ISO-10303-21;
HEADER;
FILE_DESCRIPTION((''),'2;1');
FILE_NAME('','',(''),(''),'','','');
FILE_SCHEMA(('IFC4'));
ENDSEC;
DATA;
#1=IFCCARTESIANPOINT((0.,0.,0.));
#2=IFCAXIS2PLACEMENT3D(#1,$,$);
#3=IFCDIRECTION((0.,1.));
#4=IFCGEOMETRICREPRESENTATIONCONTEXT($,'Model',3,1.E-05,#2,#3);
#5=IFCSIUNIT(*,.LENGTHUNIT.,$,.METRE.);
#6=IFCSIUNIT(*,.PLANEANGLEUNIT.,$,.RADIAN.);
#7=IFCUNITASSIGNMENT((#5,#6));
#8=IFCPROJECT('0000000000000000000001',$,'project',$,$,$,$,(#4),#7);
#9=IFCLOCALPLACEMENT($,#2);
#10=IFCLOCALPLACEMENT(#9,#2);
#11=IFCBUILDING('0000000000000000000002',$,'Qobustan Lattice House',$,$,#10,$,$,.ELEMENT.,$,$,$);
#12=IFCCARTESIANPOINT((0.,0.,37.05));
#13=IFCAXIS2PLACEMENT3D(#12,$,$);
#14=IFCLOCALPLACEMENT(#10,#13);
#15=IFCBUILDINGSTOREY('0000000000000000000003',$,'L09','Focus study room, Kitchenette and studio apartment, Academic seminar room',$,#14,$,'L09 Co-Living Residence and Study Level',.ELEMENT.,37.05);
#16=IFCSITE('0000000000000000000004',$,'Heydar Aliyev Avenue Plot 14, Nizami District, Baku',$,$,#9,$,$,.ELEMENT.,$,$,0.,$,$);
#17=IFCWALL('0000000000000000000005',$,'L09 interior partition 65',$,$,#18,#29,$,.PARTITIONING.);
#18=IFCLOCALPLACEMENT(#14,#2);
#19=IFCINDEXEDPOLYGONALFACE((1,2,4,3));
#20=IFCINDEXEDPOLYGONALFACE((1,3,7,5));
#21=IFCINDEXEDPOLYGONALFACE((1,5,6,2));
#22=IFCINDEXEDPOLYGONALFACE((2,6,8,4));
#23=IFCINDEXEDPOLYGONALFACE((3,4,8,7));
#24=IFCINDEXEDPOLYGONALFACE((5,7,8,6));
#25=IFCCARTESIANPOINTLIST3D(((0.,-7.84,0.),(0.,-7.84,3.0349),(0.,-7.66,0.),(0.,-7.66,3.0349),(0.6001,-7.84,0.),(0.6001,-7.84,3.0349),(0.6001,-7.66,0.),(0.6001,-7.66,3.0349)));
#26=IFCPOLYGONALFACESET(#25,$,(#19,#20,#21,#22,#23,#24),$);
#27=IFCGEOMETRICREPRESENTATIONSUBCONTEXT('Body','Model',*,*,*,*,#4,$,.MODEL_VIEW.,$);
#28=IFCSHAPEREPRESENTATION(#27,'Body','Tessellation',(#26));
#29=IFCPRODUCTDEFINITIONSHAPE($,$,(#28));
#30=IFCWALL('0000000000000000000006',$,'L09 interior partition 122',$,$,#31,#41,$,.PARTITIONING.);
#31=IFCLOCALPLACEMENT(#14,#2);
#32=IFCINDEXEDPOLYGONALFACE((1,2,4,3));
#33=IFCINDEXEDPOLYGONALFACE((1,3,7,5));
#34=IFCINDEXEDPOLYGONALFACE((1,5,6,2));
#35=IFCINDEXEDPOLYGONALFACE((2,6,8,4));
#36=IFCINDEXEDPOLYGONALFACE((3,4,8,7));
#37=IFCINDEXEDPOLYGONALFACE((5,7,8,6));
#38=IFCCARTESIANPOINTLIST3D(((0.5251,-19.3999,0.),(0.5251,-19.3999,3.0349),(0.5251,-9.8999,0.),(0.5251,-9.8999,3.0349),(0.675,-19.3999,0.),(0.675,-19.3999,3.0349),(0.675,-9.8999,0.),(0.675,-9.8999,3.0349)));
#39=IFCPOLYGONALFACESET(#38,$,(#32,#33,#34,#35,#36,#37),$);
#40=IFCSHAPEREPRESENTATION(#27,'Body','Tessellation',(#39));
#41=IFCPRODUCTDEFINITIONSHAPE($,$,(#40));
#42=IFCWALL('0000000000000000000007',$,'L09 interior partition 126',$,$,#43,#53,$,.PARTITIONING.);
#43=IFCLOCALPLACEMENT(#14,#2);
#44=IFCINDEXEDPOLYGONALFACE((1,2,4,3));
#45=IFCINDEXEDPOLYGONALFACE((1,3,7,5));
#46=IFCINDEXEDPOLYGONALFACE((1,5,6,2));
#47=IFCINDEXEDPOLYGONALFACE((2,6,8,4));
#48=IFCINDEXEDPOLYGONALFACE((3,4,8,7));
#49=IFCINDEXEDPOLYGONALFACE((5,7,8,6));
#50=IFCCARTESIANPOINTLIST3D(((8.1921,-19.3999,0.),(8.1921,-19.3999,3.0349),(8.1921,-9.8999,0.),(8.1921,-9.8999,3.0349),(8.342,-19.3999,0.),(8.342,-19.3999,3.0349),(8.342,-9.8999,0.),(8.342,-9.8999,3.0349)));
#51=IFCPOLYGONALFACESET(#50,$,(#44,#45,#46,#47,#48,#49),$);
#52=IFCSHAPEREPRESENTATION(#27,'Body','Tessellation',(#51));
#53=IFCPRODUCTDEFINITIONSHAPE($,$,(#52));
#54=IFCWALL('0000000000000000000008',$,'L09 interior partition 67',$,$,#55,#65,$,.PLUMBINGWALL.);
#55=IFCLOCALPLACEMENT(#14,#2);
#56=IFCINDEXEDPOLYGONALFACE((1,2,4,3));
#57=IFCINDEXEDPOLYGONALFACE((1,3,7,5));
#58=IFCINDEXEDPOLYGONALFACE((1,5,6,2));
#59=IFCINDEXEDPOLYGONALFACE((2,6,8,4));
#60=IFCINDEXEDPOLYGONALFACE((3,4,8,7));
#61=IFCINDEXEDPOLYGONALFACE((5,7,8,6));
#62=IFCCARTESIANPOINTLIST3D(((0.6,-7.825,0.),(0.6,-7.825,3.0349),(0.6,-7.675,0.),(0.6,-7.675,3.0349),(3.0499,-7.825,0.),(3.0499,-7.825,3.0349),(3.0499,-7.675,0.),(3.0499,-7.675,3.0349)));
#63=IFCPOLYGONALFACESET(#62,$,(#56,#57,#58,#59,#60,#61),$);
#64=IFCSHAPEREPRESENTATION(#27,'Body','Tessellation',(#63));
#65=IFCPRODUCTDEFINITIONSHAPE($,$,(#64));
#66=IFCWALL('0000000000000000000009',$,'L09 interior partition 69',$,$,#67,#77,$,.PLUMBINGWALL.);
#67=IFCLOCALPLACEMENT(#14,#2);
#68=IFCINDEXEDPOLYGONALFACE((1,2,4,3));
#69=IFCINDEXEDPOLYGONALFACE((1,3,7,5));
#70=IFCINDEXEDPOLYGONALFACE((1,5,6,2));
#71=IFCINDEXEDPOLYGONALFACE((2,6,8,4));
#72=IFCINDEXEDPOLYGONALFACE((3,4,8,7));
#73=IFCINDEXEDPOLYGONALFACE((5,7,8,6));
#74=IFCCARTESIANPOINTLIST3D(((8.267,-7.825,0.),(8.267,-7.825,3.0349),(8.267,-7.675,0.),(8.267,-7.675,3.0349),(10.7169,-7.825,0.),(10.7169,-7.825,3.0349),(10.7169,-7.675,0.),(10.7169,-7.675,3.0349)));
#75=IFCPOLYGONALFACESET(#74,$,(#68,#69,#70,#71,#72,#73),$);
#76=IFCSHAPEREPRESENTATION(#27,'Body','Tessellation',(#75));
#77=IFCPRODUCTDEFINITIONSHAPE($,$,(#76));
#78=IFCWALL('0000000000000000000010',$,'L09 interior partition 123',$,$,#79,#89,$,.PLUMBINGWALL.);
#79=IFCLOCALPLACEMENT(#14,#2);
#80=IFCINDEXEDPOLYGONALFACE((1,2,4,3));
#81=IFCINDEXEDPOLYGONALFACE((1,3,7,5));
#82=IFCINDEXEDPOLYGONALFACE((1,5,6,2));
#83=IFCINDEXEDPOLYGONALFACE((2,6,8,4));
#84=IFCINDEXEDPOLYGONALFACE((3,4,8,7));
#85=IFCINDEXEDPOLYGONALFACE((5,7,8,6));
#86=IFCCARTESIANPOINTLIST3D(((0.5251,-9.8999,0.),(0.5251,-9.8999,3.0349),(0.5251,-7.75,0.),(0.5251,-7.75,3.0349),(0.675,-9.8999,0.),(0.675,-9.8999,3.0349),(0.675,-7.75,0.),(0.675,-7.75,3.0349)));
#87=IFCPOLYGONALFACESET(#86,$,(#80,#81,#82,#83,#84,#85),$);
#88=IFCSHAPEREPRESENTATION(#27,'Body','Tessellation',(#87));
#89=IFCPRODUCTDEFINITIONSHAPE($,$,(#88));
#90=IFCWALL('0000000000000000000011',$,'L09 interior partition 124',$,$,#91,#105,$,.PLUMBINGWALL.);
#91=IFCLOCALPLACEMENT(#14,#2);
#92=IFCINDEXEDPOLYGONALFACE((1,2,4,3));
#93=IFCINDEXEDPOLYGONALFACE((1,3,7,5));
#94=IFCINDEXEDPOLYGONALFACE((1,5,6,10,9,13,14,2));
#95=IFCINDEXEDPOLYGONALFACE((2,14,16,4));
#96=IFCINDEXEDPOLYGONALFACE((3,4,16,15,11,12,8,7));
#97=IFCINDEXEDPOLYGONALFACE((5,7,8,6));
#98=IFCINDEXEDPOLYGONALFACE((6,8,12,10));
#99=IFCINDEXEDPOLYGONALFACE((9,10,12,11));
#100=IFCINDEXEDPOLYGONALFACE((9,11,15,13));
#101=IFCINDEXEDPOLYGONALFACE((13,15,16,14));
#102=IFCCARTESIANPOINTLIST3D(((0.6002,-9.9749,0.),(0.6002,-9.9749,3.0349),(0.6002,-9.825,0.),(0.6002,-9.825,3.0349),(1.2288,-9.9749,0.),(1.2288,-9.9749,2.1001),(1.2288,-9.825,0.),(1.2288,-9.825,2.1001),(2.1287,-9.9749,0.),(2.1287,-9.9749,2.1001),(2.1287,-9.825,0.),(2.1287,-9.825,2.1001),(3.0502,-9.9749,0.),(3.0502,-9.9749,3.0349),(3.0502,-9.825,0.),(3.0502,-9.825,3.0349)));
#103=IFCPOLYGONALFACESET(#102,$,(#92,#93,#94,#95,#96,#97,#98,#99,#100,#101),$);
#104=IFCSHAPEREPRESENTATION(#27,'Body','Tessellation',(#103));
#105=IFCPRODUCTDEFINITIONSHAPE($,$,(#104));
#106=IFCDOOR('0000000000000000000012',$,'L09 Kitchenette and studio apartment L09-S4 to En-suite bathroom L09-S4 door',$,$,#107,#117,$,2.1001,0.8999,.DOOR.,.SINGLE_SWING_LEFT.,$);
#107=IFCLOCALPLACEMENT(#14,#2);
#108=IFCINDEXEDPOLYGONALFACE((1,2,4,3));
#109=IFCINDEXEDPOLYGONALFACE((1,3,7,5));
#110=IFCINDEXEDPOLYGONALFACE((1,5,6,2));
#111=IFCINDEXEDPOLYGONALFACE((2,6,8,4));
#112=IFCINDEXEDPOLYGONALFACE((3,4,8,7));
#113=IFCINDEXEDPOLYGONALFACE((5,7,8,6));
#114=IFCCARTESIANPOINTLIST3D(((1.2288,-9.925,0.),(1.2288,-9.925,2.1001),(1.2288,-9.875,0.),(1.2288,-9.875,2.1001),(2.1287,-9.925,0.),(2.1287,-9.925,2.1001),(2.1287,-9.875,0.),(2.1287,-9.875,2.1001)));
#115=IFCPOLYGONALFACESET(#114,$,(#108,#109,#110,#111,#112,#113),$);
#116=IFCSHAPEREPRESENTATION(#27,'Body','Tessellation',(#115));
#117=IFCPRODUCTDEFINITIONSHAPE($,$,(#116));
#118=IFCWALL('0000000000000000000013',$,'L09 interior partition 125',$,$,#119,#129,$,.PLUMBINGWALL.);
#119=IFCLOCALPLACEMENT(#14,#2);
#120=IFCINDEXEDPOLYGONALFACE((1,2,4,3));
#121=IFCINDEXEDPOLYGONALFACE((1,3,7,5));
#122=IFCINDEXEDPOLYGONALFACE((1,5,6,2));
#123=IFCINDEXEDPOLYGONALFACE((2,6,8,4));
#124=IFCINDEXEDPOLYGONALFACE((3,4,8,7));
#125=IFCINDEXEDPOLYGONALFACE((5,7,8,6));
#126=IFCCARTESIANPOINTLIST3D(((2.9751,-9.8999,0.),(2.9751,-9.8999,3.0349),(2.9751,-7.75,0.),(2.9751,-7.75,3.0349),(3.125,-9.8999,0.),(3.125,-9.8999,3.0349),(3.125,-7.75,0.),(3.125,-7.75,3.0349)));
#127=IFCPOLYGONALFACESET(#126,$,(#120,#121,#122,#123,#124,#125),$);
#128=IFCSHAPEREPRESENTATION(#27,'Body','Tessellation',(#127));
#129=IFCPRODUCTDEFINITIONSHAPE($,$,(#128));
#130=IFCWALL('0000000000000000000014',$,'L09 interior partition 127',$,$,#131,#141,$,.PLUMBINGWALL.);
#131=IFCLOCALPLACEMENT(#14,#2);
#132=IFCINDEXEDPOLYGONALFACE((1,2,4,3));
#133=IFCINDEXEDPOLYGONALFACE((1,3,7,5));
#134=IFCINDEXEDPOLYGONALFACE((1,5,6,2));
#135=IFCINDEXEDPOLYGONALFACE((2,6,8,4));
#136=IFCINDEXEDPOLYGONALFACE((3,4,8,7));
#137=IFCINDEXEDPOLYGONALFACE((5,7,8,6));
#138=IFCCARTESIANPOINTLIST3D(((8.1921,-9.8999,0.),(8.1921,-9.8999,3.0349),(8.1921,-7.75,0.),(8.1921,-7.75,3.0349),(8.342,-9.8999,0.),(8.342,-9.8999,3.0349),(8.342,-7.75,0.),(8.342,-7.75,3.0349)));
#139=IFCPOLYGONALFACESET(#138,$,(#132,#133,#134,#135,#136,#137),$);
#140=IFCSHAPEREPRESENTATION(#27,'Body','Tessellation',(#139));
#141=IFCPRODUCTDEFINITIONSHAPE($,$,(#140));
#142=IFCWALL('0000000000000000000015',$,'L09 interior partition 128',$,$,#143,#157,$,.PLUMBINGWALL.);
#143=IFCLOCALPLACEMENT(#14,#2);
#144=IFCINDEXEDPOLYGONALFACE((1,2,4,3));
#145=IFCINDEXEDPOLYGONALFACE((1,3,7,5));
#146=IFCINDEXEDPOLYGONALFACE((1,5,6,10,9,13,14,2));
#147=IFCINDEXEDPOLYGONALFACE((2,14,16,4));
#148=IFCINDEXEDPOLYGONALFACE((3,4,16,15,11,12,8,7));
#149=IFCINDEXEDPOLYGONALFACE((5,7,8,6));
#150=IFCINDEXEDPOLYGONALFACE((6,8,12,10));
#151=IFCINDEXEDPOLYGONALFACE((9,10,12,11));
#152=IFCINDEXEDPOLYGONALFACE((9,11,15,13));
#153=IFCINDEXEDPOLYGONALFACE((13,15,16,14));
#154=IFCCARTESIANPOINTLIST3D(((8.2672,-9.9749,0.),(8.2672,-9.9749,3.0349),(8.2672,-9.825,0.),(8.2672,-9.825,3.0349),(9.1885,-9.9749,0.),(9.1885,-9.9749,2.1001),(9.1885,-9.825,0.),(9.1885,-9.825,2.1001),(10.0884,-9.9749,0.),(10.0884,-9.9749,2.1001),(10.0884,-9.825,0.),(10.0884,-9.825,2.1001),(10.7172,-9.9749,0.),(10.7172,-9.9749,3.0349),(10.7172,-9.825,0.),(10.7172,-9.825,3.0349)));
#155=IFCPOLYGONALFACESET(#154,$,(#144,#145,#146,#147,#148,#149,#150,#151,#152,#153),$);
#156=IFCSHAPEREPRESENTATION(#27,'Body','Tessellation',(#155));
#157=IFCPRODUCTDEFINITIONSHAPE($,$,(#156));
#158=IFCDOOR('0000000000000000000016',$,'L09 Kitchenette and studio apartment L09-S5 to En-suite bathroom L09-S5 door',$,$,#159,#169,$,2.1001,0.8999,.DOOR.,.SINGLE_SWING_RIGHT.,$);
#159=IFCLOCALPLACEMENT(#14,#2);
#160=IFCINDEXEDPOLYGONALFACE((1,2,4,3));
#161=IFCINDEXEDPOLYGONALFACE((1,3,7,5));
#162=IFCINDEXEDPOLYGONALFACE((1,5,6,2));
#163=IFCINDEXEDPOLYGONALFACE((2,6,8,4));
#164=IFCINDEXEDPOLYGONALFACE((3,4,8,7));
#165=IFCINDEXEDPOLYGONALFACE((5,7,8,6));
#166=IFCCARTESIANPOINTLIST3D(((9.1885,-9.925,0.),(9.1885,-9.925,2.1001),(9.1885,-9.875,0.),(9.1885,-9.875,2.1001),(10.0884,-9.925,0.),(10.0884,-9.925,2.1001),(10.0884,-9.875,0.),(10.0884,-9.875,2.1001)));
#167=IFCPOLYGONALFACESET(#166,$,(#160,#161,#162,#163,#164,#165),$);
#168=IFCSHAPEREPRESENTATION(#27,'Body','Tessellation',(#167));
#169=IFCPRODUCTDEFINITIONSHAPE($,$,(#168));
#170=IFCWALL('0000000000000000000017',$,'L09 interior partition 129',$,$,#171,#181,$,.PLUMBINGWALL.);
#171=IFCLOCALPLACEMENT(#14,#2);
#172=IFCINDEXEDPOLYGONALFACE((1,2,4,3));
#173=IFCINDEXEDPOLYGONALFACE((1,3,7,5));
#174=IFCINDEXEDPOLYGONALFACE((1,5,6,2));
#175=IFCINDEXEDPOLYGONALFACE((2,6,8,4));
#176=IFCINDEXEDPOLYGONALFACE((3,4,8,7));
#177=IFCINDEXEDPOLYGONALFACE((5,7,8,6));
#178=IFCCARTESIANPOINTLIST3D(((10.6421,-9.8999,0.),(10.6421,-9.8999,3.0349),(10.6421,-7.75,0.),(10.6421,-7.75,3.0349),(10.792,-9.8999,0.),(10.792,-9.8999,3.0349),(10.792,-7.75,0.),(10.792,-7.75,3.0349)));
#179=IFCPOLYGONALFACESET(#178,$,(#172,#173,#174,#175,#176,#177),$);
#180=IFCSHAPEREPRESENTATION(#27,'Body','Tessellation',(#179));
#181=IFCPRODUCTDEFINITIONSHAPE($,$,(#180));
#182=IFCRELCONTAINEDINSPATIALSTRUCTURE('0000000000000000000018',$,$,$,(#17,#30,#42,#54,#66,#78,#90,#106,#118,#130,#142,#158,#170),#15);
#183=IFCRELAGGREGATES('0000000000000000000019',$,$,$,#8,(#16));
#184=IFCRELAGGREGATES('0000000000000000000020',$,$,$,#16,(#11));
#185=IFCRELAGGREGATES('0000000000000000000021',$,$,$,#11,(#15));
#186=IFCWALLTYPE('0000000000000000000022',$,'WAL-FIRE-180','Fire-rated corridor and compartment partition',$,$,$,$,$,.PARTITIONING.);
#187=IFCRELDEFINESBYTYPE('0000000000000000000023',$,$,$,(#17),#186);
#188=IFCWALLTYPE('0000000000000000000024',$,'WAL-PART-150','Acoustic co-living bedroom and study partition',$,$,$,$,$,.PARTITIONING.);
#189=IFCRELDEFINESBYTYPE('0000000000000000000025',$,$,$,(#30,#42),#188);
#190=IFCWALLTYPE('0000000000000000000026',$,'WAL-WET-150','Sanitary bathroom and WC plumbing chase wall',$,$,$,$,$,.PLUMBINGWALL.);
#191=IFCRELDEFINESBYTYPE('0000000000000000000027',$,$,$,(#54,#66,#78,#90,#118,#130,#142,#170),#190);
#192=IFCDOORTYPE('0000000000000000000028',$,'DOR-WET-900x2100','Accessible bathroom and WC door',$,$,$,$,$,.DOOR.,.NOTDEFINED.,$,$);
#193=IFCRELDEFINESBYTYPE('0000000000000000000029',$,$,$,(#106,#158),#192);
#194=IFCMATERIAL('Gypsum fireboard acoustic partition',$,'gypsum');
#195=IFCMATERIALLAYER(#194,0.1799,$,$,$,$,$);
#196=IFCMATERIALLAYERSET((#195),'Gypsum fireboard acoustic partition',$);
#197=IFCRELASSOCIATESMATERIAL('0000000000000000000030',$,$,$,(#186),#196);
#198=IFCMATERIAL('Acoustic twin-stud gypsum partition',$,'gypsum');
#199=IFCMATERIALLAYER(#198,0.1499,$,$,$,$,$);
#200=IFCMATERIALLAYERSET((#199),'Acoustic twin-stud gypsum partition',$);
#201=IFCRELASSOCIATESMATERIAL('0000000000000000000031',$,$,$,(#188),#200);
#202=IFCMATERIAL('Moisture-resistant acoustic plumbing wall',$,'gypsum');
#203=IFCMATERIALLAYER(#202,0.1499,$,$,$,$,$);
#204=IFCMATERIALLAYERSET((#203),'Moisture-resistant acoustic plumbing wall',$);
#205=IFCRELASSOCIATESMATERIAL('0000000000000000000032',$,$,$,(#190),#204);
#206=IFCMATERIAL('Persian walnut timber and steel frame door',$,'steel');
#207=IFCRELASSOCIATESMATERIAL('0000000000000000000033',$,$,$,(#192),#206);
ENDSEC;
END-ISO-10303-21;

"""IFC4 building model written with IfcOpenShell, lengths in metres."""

from ifc_helpers import new_model, si_unit, direction, frame, frame_2d, origin, place, context, subcontext, project, spatial, rectangle, extrude, material, layer, layer_set, type_object, element, fill, save


model = new_model("IFC4")

# Units and contexts
model_context = context("Model", 3, precision=1e-05, world=origin(), true_north=direction((0.0, 1.0)))
body_context = subcontext(model_context, "Body", "Model", "MODEL_VIEW")
ifc_project = project(units=[si_unit("LENGTHUNIT", "METRE"), si_unit("PLANEANGLEUNIT", "RADIAN")], contexts=[model_context])

# Site, building, storey
site_placement = place(None, origin())
site = spatial("IfcSite", under=ifc_project, at=site_placement, Name="Heydar Aliyev Avenue Plot 14, Nizami District, Baku", CompositionType="ELEMENT", RefElevation=0.0)
building_placement = place(site_placement, origin())
building = spatial("IfcBuilding", under=site, at=building_placement, Name="Qobustan Lattice House", CompositionType="ELEMENT")
storey_placement = place(building_placement, frame((0.0, 0.0, 37.05)))
storey = spatial("IfcBuildingStorey", under=building, at=storey_placement, Name="L09", Description="Focus study room, Kitchenette and studio apartment, Academic seminar room", LongName="L09 Co-Living Residence and Study Level", CompositionType="ELEMENT", Elevation=37.05)

# Shared definitions
ifc_material_1 = material(Name="Gypsum fireboard acoustic partition", Category="gypsum")
ifc_layer_1 = layer(ifc_material_1, 0.1799)
ifc_layer_set_1 = layer_set([ifc_layer_1], Name="Gypsum fireboard acoustic partition")
wall_type_1 = type_object("IfcWallType", Name="WAL-FIRE-180", Description="Fire-rated corridor and compartment partition", PredefinedType="PARTITIONING", material=ifc_layer_set_1)

# Wall
wall_1_placement = place(storey_placement, frame((0.6001, -7.75, 0.0), z_axis=(0.0, 0.0, 1.0), x_axis=(-1.0, 0.0, 0.0)))
element("IfcWall", 1, at=wall_1_placement, inside=storey, type_object=wall_type_1, Name="L09 interior partition 65", PredefinedType="PARTITIONING", context=body_context, shape_type="SweptSolid", body=[
    extrude(rectangle(XDim=0.6001, YDim=0.1799, at=frame_2d((0.3, 0.0))), origin(), (0.0, 0.0, 1.0), 3.0349),
])

# Walls
ifc_material_2 = material(Name="Acoustic twin-stud gypsum partition", Category="gypsum")
ifc_layer_2 = layer(ifc_material_2, 0.1499)
ifc_layer_set_2 = layer_set([ifc_layer_2], Name="Acoustic twin-stud gypsum partition")
wall_type_2 = type_object("IfcWallType", Name="WAL-PART-150", Description="Acoustic co-living bedroom and study partition", PredefinedType="PARTITIONING", material=ifc_layer_set_2)
for number, where, z_axis, x_axis, name in (
    (2, (0.6001, -9.8999, 0.0), (0.0, 0.0, 1.0), (0.0, -1.0, 0.0), "L09 interior partition 122"),
    (3, (8.2671, -9.8999, 0.0), (0.0, 0.0, 1.0), (0.0, -1.0, 0.0), "L09 interior partition 126"),
):
    element("IfcWall", number, at=place(storey_placement, frame(where, z_axis=z_axis, x_axis=x_axis)), inside=storey, type_object=wall_type_2, Name=name, PredefinedType="PARTITIONING", context=body_context, shape_type="SweptSolid", body=[
        extrude(rectangle(XDim=9.5, YDim=0.1499, at=frame_2d((4.75, 0.0))), origin(), (0.0, 0.0, 1.0), 3.0349),
    ])
ifc_material_3 = material(Name="Moisture-resistant acoustic plumbing wall", Category="gypsum")
ifc_layer_3 = layer(ifc_material_3, 0.1499)
ifc_layer_set_3 = layer_set([ifc_layer_3], Name="Moisture-resistant acoustic plumbing wall")
wall_type_3 = type_object("IfcWallType", Name="WAL-WET-150", Description="Sanitary bathroom and WC plumbing chase wall", PredefinedType="PLUMBINGWALL", material=ifc_layer_set_3)
for number, where, z_axis, x_axis, name in (
    (4, (3.05, -7.75, 0.0), (0.0, 0.0, 1.0), (-1.0, 0.0, 0.0), "L09 interior partition 67"),
    (5, (10.717, -7.75, 0.0), (0.0, 0.0, 1.0), (-1.0, 0.0, 0.0), "L09 interior partition 69"),
):
    element("IfcWall", number, at=place(storey_placement, frame(where, z_axis=z_axis, x_axis=x_axis)), inside=storey, type_object=wall_type_3, Name=name, PredefinedType="PLUMBINGWALL", context=body_context, shape_type="SweptSolid", body=[
        extrude(rectangle(XDim=2.45, YDim=0.1499, at=frame_2d((1.2251, 0.0))), origin(), (0.0, 0.0, 1.0), 3.0349),
    ])
wall_2_placement = place(storey_placement, frame((0.6001, -7.75, 0.0), z_axis=(0.0, 0.0, 1.0), x_axis=(0.0, -1.0, 0.0)))
element("IfcWall", 6, at=wall_2_placement, inside=storey, type_object=wall_type_3, Name="L09 interior partition 123", PredefinedType="PLUMBINGWALL", context=body_context, shape_type="SweptSolid", body=[
    extrude(rectangle(XDim=2.1499, YDim=0.1499, at=frame_2d((1.075, 0.0))), origin(), (0.0, 0.0, 1.0), 3.0349),
])

# Wall, opening, door
wall_3_placement = place(storey_placement, frame((0.6001, -9.8999, 0.0), z_axis=(0.0, 0.0, 1.0), x_axis=(1.0, 0.0, 0.0)))
wall_3 = element("IfcWall", 7, at=wall_3_placement, inside=storey, type_object=wall_type_3, Name="L09 interior partition 124", PredefinedType="PLUMBINGWALL", context=body_context, shape_type="SweptSolid", body=[
    extrude(rectangle(XDim=2.45, YDim=0.1499, at=frame_2d((1.2251, 0.0))), origin(), (0.0, 0.0, 1.0), 3.0349),
])
opening_1_placement = place(wall_3_placement, frame((0.6287, 0.0, 0.0)))
opening_1 = element("IfcOpeningElement", 8, at=opening_1_placement, cuts=wall_3, PredefinedType="OPENING", context=body_context, shape_type="SweptSolid", body=[
    extrude(rectangle(XDim=0.8999, YDim=2.1001, at=frame_2d((0.45, 1.05))), frame((0.0, 0.085, 0.0), z_axis=(0.0, -1.0, 0.0), x_axis=(1.0, 0.0, 0.0)), (0.0, 0.0, 1.0), 0.1699),
])
ifc_material_4 = material(Name="Persian walnut timber and steel frame door", Category="steel")
door_type_1 = type_object("IfcDoorType", Name="DOR-WET-900x2100", Description="Accessible bathroom and WC door", OperationType="NOTDEFINED", PredefinedType="DOOR", material=ifc_material_4)
door_1_placement = place(opening_1_placement, origin())
door_1 = element("IfcDoor", 9, at=door_1_placement, inside=storey, type_object=door_type_1, Name="L09 Kitchenette and studio apartment L09-S4 to En-suite bathroom L09-S4 door", OperationType="SINGLE_SWING_LEFT", OverallHeight=2.1001, OverallWidth=0.8999, PredefinedType="DOOR", context=body_context, shape_type="SweptSolid", body=[
    extrude(rectangle(XDim=0.8999, YDim=2.1001, at=frame_2d((0.45, 1.05))), frame((0.0, 0.0249, 0.0), z_axis=(0.0, -1.0, 0.0), x_axis=(1.0, 0.0, 0.0)), (0.0, 0.0, 1.0), 0.05),
])
fill(opening_1, door_1)

# Walls
for number, where, z_axis, x_axis, name in (
    (10, (3.05, -9.8999, 0.0), (0.0, 0.0, 1.0), (0.0, 1.0, 0.0), "L09 interior partition 125"),
    (11, (8.2671, -7.75, 0.0), (0.0, 0.0, 1.0), (0.0, -1.0, 0.0), "L09 interior partition 127"),
):
    element("IfcWall", number, at=place(storey_placement, frame(where, z_axis=z_axis, x_axis=x_axis)), inside=storey, type_object=wall_type_3, Name=name, PredefinedType="PLUMBINGWALL", context=body_context, shape_type="SweptSolid", body=[
        extrude(rectangle(XDim=2.1499, YDim=0.1499, at=frame_2d((1.075, 0.0))), origin(), (0.0, 0.0, 1.0), 3.0349),
    ])

# Wall, opening, door
wall_4_placement = place(storey_placement, frame((8.2671, -9.8999, 0.0), z_axis=(0.0, 0.0, 1.0), x_axis=(1.0, 0.0, 0.0)))
wall_4 = element("IfcWall", 12, at=wall_4_placement, inside=storey, type_object=wall_type_3, Name="L09 interior partition 128", PredefinedType="PLUMBINGWALL", context=body_context, shape_type="SweptSolid", body=[
    extrude(rectangle(XDim=2.45, YDim=0.1499, at=frame_2d((1.2251, 0.0))), origin(), (0.0, 0.0, 1.0), 3.0349),
])
opening_2_placement = place(wall_4_placement, frame((0.9214, 0.0, 0.0)))
opening_2 = element("IfcOpeningElement", 13, at=opening_2_placement, cuts=wall_4, PredefinedType="OPENING", context=body_context, shape_type="SweptSolid", body=[
    extrude(rectangle(XDim=0.8999, YDim=2.1001, at=frame_2d((0.45, 1.05))), frame((0.0, 0.085, 0.0), z_axis=(0.0, -1.0, 0.0), x_axis=(1.0, 0.0, 0.0)), (0.0, 0.0, 1.0), 0.1699),
])
door_2_placement = place(opening_2_placement, origin())
door_2 = element("IfcDoor", 14, at=door_2_placement, inside=storey, type_object=door_type_1, Name="L09 Kitchenette and studio apartment L09-S5 to En-suite bathroom L09-S5 door", OperationType="SINGLE_SWING_RIGHT", OverallHeight=2.1001, OverallWidth=0.8999, PredefinedType="DOOR", context=body_context, shape_type="SweptSolid", body=[
    extrude(rectangle(XDim=0.8999, YDim=2.1001, at=frame_2d((0.45, 1.05))), frame((0.0, 0.0249, 0.0), z_axis=(0.0, -1.0, 0.0), x_axis=(1.0, 0.0, 0.0)), (0.0, 0.0, 1.0), 0.05),
])
fill(opening_2, door_2)

# Wall
wall_5_placement = place(storey_placement, frame((10.717, -9.8999, 0.0), z_axis=(0.0, 0.0, 1.0), x_axis=(0.0, 1.0, 0.0)))
element("IfcWall", 15, at=wall_5_placement, inside=storey, type_object=wall_type_3, Name="L09 interior partition 129", PredefinedType="PLUMBINGWALL", context=body_context, shape_type="SweptSolid", body=[
    extrude(rectangle(XDim=2.1499, YDim=0.1499, at=frame_2d((1.075, 0.0))), origin(), (0.0, 0.0, 1.0), 3.0349),
])

save(model, "model.ifc")
